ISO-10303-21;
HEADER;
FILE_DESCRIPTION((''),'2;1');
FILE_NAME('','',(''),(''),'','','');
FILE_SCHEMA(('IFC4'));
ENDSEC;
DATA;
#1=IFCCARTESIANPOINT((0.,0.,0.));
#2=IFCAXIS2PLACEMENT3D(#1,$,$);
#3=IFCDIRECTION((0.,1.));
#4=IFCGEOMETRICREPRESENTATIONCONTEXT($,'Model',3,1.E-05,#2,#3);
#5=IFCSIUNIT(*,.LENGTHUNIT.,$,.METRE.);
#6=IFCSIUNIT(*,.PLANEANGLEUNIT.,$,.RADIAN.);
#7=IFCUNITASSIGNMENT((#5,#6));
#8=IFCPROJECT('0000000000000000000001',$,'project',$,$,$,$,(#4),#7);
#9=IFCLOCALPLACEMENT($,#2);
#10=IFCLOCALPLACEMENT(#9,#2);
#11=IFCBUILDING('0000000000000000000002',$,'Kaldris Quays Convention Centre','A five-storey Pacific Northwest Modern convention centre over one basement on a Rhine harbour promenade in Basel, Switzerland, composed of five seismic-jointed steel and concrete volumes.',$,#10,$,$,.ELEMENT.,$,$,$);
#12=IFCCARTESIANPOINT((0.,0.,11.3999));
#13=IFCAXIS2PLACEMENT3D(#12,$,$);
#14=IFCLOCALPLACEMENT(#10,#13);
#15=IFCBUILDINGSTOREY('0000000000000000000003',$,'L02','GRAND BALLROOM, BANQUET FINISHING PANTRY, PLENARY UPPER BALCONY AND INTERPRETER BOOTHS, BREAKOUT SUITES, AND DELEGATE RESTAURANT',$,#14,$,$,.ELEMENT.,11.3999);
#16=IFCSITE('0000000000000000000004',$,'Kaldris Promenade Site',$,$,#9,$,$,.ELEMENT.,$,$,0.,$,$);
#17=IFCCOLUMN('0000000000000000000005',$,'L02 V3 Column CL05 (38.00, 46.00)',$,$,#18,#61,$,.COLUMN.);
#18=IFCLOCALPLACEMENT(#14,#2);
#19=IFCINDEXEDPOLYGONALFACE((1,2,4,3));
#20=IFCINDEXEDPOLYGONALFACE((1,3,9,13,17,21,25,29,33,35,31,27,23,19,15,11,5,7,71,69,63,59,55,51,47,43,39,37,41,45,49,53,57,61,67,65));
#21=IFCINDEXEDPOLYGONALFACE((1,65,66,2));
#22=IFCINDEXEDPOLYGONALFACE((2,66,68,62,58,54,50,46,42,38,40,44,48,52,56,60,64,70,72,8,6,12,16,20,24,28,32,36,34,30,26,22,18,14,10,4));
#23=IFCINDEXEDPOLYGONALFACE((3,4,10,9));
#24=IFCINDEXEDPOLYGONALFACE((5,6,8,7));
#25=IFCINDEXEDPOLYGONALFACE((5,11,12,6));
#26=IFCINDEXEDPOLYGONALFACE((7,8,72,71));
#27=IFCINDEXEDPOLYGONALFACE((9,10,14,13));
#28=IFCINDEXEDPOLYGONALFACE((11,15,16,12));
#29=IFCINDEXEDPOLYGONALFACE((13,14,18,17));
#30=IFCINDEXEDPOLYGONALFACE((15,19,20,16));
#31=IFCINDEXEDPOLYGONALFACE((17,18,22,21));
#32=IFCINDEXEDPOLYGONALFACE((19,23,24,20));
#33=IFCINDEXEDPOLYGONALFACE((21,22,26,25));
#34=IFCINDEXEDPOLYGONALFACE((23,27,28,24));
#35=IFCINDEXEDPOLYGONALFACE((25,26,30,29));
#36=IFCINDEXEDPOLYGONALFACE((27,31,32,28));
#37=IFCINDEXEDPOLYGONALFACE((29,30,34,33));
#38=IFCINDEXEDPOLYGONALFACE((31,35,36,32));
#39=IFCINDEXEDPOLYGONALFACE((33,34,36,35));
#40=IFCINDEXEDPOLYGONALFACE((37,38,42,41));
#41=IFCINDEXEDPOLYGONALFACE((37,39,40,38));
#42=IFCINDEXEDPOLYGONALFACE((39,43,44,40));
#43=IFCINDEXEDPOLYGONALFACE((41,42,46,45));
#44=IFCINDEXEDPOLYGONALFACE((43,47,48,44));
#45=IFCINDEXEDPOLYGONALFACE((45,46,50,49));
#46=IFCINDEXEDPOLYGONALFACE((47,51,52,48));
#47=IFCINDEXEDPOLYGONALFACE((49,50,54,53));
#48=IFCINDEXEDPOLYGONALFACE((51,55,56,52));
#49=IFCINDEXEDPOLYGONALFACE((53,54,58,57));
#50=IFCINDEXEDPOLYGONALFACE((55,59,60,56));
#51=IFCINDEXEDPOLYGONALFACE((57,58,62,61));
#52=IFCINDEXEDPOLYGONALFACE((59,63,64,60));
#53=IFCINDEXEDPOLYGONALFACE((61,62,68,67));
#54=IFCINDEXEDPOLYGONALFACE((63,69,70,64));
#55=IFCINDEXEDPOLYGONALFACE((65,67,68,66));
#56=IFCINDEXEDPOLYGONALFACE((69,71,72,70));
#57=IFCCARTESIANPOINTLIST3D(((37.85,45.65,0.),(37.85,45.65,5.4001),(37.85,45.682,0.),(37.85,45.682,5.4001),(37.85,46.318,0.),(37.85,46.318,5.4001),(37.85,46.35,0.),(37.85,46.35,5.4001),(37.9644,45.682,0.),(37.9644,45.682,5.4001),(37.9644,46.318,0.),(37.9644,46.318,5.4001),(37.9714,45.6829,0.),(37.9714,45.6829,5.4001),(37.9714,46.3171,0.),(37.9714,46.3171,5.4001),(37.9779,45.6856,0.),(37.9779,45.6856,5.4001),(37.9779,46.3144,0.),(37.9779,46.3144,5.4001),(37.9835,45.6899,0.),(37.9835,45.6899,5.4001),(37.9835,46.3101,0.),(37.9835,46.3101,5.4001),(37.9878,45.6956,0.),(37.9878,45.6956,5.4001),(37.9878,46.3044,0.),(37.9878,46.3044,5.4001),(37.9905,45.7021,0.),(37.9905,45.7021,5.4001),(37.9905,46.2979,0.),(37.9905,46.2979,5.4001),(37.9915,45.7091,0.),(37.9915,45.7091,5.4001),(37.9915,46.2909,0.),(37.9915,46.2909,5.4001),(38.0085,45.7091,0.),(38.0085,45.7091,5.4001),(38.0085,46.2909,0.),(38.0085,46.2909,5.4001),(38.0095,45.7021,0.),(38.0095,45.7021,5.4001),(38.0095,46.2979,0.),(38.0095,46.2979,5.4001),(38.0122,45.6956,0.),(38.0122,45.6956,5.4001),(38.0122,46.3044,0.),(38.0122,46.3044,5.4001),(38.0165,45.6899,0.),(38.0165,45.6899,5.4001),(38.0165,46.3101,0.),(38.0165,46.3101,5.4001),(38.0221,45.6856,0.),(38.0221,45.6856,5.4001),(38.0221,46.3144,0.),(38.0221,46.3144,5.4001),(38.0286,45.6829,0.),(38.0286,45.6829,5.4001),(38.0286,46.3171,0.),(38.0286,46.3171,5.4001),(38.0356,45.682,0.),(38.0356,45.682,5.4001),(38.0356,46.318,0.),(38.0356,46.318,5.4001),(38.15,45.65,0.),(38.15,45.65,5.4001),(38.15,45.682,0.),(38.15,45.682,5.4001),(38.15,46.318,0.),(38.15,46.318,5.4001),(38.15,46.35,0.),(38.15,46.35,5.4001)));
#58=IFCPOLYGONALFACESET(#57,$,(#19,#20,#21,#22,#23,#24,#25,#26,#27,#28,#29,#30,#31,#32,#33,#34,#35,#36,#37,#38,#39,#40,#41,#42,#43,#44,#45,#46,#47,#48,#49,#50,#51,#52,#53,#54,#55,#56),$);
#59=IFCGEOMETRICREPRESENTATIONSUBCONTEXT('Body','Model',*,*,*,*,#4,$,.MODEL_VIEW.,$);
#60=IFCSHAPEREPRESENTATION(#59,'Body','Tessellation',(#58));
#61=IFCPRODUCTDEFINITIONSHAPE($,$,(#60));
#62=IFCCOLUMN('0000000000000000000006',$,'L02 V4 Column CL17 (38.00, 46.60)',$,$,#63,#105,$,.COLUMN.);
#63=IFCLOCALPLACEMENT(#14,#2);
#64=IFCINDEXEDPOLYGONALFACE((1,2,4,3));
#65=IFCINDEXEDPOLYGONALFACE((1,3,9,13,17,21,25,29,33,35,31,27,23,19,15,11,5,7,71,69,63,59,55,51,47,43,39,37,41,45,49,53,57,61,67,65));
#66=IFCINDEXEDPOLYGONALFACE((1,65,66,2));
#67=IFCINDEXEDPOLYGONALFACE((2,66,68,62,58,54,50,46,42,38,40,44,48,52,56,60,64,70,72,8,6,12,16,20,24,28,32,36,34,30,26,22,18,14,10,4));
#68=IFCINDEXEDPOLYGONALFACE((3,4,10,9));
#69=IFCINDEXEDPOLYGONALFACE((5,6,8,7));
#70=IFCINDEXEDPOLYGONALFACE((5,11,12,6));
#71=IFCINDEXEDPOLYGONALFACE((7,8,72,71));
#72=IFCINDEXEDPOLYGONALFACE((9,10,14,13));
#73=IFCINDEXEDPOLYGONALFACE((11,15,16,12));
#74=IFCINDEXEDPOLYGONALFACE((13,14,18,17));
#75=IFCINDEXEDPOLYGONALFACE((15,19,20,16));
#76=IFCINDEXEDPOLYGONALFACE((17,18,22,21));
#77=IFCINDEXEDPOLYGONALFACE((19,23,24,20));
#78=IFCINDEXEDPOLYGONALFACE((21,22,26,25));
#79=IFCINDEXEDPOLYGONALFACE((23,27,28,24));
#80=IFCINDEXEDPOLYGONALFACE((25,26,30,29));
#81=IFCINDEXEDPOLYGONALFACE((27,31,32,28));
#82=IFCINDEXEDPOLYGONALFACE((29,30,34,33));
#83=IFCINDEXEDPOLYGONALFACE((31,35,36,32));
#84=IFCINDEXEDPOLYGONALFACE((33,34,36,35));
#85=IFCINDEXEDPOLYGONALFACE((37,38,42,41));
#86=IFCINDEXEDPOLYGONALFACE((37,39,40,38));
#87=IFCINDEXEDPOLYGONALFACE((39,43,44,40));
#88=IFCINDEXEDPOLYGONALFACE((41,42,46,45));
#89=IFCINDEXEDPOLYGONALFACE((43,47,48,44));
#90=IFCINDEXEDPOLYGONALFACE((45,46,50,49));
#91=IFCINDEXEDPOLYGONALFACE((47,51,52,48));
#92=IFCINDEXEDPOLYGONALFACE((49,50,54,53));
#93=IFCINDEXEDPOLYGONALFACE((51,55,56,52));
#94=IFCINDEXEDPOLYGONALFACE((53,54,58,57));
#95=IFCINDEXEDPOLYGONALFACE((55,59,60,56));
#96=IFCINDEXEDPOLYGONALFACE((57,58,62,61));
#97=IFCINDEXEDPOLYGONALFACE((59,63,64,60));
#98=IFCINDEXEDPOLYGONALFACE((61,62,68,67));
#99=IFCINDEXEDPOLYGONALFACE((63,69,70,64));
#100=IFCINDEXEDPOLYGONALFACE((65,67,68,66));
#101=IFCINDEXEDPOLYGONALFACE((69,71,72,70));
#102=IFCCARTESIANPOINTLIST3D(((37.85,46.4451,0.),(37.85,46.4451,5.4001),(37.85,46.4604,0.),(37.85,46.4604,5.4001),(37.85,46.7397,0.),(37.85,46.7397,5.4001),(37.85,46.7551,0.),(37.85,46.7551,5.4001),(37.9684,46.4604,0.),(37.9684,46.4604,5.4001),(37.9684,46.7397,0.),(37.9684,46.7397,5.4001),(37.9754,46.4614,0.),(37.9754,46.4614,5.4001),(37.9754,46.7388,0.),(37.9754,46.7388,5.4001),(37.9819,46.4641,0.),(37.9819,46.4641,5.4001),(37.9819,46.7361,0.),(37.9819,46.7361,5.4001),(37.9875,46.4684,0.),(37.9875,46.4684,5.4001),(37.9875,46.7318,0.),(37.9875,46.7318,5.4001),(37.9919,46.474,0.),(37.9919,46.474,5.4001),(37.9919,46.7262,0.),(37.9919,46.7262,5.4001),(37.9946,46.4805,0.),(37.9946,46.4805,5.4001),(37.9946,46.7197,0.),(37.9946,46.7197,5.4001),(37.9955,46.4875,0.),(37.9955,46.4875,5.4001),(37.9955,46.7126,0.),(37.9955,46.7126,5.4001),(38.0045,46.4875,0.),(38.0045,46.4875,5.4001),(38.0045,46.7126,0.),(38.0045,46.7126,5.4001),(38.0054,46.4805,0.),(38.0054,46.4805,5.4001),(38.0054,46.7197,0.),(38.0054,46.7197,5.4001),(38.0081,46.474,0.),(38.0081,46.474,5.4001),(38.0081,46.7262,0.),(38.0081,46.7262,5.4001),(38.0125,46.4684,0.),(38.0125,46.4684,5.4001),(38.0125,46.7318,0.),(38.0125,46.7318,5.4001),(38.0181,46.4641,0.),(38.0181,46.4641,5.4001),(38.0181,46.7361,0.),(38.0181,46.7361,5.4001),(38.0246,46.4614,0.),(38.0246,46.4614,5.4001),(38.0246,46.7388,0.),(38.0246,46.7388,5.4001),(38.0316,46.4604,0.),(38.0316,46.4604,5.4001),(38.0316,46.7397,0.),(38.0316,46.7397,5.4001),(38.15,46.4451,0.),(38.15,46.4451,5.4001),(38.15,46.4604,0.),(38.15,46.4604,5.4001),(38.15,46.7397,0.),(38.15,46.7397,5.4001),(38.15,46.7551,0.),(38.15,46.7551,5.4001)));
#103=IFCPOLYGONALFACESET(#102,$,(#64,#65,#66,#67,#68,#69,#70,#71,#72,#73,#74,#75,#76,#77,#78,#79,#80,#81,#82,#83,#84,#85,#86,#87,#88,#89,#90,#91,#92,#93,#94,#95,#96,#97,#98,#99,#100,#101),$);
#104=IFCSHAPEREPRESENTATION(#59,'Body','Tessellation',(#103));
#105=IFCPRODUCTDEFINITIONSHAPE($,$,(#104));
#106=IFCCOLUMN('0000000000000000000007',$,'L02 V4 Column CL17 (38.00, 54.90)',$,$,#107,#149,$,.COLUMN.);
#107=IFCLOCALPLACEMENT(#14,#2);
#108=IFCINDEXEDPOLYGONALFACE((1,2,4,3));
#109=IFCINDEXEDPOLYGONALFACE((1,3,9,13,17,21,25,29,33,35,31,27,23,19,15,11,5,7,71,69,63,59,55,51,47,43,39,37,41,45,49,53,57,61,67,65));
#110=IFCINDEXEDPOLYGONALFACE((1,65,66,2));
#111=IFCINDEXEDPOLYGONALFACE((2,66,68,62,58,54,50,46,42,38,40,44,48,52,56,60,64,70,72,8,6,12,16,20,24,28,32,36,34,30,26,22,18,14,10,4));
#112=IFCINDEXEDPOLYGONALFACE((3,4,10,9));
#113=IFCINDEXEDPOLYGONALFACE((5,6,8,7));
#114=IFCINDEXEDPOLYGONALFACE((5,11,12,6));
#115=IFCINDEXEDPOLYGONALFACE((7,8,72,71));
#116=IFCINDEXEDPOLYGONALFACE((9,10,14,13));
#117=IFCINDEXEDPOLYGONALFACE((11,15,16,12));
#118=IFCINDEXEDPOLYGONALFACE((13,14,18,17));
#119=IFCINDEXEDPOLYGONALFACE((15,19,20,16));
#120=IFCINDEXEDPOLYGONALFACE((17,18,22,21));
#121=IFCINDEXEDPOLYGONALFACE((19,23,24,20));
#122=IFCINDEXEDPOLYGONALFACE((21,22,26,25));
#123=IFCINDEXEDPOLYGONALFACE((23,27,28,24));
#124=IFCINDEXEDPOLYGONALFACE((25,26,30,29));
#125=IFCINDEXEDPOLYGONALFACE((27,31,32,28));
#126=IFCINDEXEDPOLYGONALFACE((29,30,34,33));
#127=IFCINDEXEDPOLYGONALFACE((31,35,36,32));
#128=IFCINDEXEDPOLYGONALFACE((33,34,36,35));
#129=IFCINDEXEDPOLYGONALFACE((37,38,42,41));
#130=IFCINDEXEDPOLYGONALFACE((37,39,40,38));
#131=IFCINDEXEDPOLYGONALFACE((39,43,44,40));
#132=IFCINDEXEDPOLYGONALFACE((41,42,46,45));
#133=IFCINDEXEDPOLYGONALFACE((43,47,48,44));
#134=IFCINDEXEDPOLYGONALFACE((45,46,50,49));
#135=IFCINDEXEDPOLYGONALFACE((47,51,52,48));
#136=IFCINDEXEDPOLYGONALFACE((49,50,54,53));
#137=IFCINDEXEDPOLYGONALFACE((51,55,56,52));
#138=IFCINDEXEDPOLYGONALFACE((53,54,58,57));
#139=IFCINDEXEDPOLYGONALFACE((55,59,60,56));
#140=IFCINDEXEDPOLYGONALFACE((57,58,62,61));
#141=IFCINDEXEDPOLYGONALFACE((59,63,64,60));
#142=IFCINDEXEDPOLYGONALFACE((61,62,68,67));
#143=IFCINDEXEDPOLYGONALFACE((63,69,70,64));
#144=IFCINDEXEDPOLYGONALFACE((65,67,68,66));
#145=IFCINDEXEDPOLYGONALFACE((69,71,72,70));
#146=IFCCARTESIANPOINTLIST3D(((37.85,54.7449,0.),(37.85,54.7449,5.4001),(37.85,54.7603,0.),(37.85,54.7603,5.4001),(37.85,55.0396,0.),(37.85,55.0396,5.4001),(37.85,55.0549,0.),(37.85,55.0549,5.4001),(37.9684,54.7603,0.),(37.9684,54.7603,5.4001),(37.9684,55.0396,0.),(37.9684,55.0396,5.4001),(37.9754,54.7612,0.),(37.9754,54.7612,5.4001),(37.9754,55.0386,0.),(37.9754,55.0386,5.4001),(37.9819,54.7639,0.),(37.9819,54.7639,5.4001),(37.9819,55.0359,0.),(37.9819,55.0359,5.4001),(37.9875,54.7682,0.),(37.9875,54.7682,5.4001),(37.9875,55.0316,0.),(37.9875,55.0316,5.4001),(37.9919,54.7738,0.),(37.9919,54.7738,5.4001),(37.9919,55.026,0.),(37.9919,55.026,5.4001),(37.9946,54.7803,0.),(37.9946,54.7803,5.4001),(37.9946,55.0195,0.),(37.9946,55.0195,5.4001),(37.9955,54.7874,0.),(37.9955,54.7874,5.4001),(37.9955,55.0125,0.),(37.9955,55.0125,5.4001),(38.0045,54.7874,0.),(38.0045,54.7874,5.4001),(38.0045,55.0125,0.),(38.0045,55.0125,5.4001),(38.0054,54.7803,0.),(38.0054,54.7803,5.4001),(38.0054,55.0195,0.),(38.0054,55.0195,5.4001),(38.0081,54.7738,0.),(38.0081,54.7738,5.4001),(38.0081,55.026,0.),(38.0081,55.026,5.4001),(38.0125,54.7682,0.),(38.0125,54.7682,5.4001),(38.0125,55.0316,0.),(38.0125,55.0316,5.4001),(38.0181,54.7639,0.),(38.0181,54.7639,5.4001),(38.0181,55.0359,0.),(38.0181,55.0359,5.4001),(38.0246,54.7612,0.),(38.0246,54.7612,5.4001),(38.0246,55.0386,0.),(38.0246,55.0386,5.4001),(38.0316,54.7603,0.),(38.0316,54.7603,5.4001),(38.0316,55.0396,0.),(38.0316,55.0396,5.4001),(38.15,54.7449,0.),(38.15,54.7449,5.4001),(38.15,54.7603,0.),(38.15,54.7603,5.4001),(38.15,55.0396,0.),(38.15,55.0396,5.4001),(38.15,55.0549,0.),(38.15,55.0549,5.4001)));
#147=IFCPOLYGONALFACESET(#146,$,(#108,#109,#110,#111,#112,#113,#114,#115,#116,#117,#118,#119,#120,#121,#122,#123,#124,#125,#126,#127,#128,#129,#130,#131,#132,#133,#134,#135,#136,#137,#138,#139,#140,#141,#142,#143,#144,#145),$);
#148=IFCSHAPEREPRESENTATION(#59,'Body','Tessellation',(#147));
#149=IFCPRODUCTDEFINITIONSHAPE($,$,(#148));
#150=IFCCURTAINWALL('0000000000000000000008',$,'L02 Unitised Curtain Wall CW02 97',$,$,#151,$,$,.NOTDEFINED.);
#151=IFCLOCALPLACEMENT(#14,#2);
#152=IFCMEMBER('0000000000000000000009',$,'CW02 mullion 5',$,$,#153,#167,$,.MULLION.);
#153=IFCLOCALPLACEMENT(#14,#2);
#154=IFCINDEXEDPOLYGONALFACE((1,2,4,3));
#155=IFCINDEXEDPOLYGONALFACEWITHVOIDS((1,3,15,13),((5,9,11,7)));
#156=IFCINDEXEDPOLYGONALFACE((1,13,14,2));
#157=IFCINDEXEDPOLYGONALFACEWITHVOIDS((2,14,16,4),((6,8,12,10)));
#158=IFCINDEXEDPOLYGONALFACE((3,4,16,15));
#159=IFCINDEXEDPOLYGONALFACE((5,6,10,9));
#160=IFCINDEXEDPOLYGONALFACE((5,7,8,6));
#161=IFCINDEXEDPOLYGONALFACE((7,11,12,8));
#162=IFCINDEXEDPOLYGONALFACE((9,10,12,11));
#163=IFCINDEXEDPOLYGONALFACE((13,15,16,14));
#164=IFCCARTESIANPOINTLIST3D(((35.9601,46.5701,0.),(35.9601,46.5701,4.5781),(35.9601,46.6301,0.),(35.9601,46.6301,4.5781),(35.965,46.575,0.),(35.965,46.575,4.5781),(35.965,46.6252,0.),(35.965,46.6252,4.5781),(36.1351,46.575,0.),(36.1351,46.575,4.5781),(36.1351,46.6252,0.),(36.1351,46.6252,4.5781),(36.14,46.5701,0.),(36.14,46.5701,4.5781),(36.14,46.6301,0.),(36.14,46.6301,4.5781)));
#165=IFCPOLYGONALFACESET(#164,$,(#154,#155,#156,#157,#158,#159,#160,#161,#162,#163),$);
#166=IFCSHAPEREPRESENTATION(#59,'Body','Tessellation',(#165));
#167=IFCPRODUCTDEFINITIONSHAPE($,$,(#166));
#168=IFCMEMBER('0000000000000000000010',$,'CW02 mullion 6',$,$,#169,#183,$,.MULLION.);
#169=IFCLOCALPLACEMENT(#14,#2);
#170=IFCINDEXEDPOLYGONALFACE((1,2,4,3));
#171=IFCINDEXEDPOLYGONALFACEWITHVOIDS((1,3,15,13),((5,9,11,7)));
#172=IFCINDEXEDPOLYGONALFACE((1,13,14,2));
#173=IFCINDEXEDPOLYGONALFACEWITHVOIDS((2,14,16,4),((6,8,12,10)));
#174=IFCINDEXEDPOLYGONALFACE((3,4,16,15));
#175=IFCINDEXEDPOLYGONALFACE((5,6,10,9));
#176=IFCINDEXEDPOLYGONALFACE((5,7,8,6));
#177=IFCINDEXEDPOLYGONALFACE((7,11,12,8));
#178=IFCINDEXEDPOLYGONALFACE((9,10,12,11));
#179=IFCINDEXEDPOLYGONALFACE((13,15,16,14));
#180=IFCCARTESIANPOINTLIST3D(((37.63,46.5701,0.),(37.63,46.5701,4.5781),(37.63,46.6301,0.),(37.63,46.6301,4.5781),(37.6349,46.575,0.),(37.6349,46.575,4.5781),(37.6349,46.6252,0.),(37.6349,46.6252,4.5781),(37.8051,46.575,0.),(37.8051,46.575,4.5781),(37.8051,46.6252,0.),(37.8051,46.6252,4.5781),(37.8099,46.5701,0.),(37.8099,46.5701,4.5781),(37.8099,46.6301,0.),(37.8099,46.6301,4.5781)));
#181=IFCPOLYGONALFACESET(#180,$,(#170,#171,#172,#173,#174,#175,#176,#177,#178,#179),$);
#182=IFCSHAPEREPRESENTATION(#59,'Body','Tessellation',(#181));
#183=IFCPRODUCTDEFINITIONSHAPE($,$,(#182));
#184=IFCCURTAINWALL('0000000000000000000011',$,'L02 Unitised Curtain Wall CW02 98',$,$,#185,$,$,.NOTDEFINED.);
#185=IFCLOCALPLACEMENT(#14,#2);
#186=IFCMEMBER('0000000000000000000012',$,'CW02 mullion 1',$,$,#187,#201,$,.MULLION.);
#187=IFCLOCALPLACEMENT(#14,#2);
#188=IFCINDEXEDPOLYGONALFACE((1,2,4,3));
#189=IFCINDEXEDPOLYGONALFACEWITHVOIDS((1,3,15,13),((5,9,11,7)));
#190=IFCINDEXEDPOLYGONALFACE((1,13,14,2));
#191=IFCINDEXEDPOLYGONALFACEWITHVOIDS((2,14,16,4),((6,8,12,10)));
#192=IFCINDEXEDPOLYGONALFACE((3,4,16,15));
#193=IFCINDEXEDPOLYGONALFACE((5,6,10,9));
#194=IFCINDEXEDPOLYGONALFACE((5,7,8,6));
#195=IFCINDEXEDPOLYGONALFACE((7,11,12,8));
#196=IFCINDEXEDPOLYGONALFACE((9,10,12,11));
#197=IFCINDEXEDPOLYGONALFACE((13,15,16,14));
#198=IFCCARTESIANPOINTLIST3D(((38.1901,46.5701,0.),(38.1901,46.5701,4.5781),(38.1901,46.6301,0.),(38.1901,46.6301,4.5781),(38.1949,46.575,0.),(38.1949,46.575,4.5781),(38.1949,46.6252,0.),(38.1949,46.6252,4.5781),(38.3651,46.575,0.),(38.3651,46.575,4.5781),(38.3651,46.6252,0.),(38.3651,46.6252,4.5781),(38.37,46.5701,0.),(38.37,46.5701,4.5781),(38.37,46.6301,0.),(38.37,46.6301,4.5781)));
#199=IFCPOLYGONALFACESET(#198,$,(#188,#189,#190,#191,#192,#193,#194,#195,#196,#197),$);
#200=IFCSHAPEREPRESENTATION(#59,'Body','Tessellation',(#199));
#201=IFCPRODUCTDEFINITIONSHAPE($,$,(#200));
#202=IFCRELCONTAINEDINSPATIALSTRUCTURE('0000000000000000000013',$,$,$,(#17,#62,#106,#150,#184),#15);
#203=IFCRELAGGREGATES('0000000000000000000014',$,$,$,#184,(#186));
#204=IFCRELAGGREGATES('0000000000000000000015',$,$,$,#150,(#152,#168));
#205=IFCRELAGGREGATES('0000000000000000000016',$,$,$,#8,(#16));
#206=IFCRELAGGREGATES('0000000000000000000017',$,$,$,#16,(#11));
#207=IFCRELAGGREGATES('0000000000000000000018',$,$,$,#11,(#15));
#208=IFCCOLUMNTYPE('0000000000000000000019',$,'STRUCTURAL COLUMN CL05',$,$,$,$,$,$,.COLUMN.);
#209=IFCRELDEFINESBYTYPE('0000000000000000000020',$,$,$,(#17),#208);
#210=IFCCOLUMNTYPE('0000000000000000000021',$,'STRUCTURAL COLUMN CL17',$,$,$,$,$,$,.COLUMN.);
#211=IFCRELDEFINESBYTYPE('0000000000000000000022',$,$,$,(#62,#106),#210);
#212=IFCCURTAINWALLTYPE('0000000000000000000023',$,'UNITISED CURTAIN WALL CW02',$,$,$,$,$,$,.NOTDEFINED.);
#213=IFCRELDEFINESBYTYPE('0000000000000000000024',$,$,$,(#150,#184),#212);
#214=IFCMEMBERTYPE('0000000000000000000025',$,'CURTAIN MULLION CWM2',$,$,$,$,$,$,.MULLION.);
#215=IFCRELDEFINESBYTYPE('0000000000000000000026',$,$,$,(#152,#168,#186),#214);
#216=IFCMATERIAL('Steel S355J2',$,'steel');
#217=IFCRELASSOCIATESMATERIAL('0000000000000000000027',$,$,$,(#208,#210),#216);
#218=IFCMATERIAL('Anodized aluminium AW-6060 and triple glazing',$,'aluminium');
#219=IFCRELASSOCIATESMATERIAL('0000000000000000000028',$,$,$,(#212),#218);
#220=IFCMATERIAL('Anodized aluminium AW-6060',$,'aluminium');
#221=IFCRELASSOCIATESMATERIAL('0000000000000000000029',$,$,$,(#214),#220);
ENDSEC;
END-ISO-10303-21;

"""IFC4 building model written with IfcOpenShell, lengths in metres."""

from ifc_helpers import new_model, si_unit, direction, frame, origin, origin_2d, place, context, subcontext, project, spatial, hollow_rectangle, i_section, extrude, material, material_profile, profile_set, type_object, element, aggregate, save


model = new_model("IFC4")

# Units and contexts
model_context = context("Model", 3, precision=1e-05, world=origin(), true_north=direction((0.0, 1.0)))
body_context = subcontext(model_context, "Body", "Model", "MODEL_VIEW")
ifc_project = project(units=[si_unit("LENGTHUNIT", "METRE"), si_unit("PLANEANGLEUNIT", "RADIAN")], contexts=[model_context])

# Site, building, storey
site_placement = place(None, origin())
site = spatial("IfcSite", under=ifc_project, at=site_placement, Name="Kaldris Promenade Site", CompositionType="ELEMENT", RefElevation=0.0)
building_placement = place(site_placement, origin())
building = spatial("IfcBuilding", under=site, at=building_placement, Name="Kaldris Quays Convention Centre", Description="A five-storey Pacific Northwest Modern convention centre over one basement on a Rhine harbour promenade in Basel, Switzerland, composed of five seismic-jointed steel and concrete volumes.", CompositionType="ELEMENT")
storey_placement = place(building_placement, frame((0.0, 0.0, 11.3999)))
storey = spatial("IfcBuildingStorey", under=building, at=storey_placement, Name="L02", Description="GRAND BALLROOM, BANQUET FINISHING PANTRY, PLENARY UPPER BALCONY AND INTERPRETER BOOTHS, BREAKOUT SUITES, AND DELEGATE RESTAURANT", CompositionType="ELEMENT", Elevation=11.3999)

# Columns
ifc_material_1 = material(Name="Steel S355J2", Category="steel")
ifc_material_profile_1 = material_profile(ifc_material_1, i_section(OverallWidth=0.3, OverallDepth=0.7, WebThickness=0.0171, FlangeThickness=0.032, FilletRadius=0.0271, at=origin_2d()), Name="HEB 700")
ifc_profile_set_1 = profile_set([ifc_material_profile_1], Name="Steel S355J2")
column_type_1 = type_object("IfcColumnType", Name="STRUCTURAL COLUMN CL05", PredefinedType="COLUMN", material=ifc_profile_set_1)
column_placement = place(storey_placement, frame((38.0, 46.0, 0.0), z_axis=(0.0, 0.0, 1.0), x_axis=(1.0, 0.0, 0.0)))
element("IfcColumn", 1, at=column_placement, inside=storey, type_object=column_type_1, Name="L02 V3 Column CL05 (38.00, 46.00)", PredefinedType="COLUMN", context=body_context, shape_type="SweptSolid", body=[
    extrude(i_section(OverallWidth=0.3, OverallDepth=0.7, WebThickness=0.0171, FlangeThickness=0.032, FilletRadius=0.0271, at=origin_2d()), origin(), (0.0, 0.0, 1.0), 5.4001),
])
ifc_material_profile_2 = material_profile(ifc_material_1, i_section(OverallWidth=0.3, OverallDepth=0.3101, WebThickness=0.009, FlangeThickness=0.0154, FilletRadius=0.0271, at=origin_2d()), Name="HEA 320")
ifc_profile_set_2 = profile_set([ifc_material_profile_2], Name="Steel S355J2")
column_type_2 = type_object("IfcColumnType", Name="STRUCTURAL COLUMN CL17", PredefinedType="COLUMN", material=ifc_profile_set_2)
for number, where, z_axis, x_axis, name in (
    (2, (38.0, 46.6001, 0.0), (0.0, 0.0, 1.0), (1.0, 0.0, 0.0), "L02 V4 Column CL17 (38.00, 46.60)"),
    (3, (38.0, 54.8999, 0.0), (0.0, 0.0, 1.0), (1.0, 0.0, 0.0), "L02 V4 Column CL17 (38.00, 54.90)"),
):
    element("IfcColumn", number, at=place(storey_placement, frame(where, z_axis=z_axis, x_axis=x_axis)), inside=storey, type_object=column_type_2, Name=name, PredefinedType="COLUMN", context=body_context, shape_type="SweptSolid", body=[
        extrude(i_section(OverallWidth=0.3, OverallDepth=0.3101, WebThickness=0.009, FlangeThickness=0.0154, FilletRadius=0.0271, at=origin_2d()), origin(), (0.0, 0.0, 1.0), 5.4001),
    ])

# Curtain wall, members
ifc_material_2 = material(Name="Anodized aluminium AW-6060 and triple glazing", Category="aluminium")
curtain_wall_type_1 = type_object("IfcCurtainWallType", Name="UNITISED CURTAIN WALL CW02", PredefinedType="NOTDEFINED", material=ifc_material_2)
curtain_wall_1_placement = place(storey_placement, origin())
curtain_wall_1 = element("IfcCurtainWall", 4, at=curtain_wall_1_placement, inside=storey, type_object=curtain_wall_type_1, Name="L02 Unitised Curtain Wall CW02 97", PredefinedType="NOTDEFINED")
ifc_material_3 = material(Name="Anodized aluminium AW-6060", Category="aluminium")
ifc_material_profile_3 = material_profile(ifc_material_3, hollow_rectangle(XDim=0.0601, YDim=0.1799, WallThickness=0.0049, at=origin_2d()), Name="RHS 180x60x5")
ifc_profile_set_3 = profile_set([ifc_material_profile_3], Name="Anodized aluminium AW-6060")
member_type_1 = type_object("IfcMemberType", Name="CURTAIN MULLION CWM2", PredefinedType="MULLION", material=ifc_profile_set_3)
member_1_placement = place(storey_placement, frame((36.05, 46.6001, 0.0), z_axis=(0.0, 0.0, 1.0), x_axis=(0.0, 1.0, 0.0)))
member_1 = element("IfcMember", 5, at=member_1_placement, type_object=member_type_1, Name="CW02 mullion 5", PredefinedType="MULLION", context=body_context, shape_type="SweptSolid", body=[
    extrude(hollow_rectangle(XDim=0.0601, YDim=0.1799, WallThickness=0.0049, at=origin_2d()), origin(), (0.0, 0.0, 1.0), 4.5781),
])
member_2_placement = place(storey_placement, frame((37.72, 46.6001, 0.0), z_axis=(0.0, 0.0, 1.0), x_axis=(0.0, 1.0, 0.0)))
member_2 = element("IfcMember", 6, at=member_2_placement, type_object=member_type_1, Name="CW02 mullion 6", PredefinedType="MULLION", context=body_context, shape_type="SweptSolid", body=[
    extrude(hollow_rectangle(XDim=0.0601, YDim=0.1799, WallThickness=0.0049, at=origin_2d()), origin(), (0.0, 0.0, 1.0), 4.5781),
])

# Curtain wall, member
curtain_wall_2_placement = place(storey_placement, origin())
curtain_wall_2 = element("IfcCurtainWall", 7, at=curtain_wall_2_placement, inside=storey, type_object=curtain_wall_type_1, Name="L02 Unitised Curtain Wall CW02 98", PredefinedType="NOTDEFINED")
member_3_placement = place(storey_placement, frame((38.28, 46.6001, 0.0), z_axis=(0.0, 0.0, 1.0), x_axis=(0.0, 1.0, 0.0)))
member_3 = element("IfcMember", 8, at=member_3_placement, type_object=member_type_1, Name="CW02 mullion 1", PredefinedType="MULLION", context=body_context, shape_type="SweptSolid", body=[
    extrude(hollow_rectangle(XDim=0.0601, YDim=0.1799, WallThickness=0.0049, at=origin_2d()), origin(), (0.0, 0.0, 1.0), 4.5781),
])
aggregate(curtain_wall_2, [member_3])

aggregate(curtain_wall_1, [member_1, member_2])

save(model, "model.ifc")
